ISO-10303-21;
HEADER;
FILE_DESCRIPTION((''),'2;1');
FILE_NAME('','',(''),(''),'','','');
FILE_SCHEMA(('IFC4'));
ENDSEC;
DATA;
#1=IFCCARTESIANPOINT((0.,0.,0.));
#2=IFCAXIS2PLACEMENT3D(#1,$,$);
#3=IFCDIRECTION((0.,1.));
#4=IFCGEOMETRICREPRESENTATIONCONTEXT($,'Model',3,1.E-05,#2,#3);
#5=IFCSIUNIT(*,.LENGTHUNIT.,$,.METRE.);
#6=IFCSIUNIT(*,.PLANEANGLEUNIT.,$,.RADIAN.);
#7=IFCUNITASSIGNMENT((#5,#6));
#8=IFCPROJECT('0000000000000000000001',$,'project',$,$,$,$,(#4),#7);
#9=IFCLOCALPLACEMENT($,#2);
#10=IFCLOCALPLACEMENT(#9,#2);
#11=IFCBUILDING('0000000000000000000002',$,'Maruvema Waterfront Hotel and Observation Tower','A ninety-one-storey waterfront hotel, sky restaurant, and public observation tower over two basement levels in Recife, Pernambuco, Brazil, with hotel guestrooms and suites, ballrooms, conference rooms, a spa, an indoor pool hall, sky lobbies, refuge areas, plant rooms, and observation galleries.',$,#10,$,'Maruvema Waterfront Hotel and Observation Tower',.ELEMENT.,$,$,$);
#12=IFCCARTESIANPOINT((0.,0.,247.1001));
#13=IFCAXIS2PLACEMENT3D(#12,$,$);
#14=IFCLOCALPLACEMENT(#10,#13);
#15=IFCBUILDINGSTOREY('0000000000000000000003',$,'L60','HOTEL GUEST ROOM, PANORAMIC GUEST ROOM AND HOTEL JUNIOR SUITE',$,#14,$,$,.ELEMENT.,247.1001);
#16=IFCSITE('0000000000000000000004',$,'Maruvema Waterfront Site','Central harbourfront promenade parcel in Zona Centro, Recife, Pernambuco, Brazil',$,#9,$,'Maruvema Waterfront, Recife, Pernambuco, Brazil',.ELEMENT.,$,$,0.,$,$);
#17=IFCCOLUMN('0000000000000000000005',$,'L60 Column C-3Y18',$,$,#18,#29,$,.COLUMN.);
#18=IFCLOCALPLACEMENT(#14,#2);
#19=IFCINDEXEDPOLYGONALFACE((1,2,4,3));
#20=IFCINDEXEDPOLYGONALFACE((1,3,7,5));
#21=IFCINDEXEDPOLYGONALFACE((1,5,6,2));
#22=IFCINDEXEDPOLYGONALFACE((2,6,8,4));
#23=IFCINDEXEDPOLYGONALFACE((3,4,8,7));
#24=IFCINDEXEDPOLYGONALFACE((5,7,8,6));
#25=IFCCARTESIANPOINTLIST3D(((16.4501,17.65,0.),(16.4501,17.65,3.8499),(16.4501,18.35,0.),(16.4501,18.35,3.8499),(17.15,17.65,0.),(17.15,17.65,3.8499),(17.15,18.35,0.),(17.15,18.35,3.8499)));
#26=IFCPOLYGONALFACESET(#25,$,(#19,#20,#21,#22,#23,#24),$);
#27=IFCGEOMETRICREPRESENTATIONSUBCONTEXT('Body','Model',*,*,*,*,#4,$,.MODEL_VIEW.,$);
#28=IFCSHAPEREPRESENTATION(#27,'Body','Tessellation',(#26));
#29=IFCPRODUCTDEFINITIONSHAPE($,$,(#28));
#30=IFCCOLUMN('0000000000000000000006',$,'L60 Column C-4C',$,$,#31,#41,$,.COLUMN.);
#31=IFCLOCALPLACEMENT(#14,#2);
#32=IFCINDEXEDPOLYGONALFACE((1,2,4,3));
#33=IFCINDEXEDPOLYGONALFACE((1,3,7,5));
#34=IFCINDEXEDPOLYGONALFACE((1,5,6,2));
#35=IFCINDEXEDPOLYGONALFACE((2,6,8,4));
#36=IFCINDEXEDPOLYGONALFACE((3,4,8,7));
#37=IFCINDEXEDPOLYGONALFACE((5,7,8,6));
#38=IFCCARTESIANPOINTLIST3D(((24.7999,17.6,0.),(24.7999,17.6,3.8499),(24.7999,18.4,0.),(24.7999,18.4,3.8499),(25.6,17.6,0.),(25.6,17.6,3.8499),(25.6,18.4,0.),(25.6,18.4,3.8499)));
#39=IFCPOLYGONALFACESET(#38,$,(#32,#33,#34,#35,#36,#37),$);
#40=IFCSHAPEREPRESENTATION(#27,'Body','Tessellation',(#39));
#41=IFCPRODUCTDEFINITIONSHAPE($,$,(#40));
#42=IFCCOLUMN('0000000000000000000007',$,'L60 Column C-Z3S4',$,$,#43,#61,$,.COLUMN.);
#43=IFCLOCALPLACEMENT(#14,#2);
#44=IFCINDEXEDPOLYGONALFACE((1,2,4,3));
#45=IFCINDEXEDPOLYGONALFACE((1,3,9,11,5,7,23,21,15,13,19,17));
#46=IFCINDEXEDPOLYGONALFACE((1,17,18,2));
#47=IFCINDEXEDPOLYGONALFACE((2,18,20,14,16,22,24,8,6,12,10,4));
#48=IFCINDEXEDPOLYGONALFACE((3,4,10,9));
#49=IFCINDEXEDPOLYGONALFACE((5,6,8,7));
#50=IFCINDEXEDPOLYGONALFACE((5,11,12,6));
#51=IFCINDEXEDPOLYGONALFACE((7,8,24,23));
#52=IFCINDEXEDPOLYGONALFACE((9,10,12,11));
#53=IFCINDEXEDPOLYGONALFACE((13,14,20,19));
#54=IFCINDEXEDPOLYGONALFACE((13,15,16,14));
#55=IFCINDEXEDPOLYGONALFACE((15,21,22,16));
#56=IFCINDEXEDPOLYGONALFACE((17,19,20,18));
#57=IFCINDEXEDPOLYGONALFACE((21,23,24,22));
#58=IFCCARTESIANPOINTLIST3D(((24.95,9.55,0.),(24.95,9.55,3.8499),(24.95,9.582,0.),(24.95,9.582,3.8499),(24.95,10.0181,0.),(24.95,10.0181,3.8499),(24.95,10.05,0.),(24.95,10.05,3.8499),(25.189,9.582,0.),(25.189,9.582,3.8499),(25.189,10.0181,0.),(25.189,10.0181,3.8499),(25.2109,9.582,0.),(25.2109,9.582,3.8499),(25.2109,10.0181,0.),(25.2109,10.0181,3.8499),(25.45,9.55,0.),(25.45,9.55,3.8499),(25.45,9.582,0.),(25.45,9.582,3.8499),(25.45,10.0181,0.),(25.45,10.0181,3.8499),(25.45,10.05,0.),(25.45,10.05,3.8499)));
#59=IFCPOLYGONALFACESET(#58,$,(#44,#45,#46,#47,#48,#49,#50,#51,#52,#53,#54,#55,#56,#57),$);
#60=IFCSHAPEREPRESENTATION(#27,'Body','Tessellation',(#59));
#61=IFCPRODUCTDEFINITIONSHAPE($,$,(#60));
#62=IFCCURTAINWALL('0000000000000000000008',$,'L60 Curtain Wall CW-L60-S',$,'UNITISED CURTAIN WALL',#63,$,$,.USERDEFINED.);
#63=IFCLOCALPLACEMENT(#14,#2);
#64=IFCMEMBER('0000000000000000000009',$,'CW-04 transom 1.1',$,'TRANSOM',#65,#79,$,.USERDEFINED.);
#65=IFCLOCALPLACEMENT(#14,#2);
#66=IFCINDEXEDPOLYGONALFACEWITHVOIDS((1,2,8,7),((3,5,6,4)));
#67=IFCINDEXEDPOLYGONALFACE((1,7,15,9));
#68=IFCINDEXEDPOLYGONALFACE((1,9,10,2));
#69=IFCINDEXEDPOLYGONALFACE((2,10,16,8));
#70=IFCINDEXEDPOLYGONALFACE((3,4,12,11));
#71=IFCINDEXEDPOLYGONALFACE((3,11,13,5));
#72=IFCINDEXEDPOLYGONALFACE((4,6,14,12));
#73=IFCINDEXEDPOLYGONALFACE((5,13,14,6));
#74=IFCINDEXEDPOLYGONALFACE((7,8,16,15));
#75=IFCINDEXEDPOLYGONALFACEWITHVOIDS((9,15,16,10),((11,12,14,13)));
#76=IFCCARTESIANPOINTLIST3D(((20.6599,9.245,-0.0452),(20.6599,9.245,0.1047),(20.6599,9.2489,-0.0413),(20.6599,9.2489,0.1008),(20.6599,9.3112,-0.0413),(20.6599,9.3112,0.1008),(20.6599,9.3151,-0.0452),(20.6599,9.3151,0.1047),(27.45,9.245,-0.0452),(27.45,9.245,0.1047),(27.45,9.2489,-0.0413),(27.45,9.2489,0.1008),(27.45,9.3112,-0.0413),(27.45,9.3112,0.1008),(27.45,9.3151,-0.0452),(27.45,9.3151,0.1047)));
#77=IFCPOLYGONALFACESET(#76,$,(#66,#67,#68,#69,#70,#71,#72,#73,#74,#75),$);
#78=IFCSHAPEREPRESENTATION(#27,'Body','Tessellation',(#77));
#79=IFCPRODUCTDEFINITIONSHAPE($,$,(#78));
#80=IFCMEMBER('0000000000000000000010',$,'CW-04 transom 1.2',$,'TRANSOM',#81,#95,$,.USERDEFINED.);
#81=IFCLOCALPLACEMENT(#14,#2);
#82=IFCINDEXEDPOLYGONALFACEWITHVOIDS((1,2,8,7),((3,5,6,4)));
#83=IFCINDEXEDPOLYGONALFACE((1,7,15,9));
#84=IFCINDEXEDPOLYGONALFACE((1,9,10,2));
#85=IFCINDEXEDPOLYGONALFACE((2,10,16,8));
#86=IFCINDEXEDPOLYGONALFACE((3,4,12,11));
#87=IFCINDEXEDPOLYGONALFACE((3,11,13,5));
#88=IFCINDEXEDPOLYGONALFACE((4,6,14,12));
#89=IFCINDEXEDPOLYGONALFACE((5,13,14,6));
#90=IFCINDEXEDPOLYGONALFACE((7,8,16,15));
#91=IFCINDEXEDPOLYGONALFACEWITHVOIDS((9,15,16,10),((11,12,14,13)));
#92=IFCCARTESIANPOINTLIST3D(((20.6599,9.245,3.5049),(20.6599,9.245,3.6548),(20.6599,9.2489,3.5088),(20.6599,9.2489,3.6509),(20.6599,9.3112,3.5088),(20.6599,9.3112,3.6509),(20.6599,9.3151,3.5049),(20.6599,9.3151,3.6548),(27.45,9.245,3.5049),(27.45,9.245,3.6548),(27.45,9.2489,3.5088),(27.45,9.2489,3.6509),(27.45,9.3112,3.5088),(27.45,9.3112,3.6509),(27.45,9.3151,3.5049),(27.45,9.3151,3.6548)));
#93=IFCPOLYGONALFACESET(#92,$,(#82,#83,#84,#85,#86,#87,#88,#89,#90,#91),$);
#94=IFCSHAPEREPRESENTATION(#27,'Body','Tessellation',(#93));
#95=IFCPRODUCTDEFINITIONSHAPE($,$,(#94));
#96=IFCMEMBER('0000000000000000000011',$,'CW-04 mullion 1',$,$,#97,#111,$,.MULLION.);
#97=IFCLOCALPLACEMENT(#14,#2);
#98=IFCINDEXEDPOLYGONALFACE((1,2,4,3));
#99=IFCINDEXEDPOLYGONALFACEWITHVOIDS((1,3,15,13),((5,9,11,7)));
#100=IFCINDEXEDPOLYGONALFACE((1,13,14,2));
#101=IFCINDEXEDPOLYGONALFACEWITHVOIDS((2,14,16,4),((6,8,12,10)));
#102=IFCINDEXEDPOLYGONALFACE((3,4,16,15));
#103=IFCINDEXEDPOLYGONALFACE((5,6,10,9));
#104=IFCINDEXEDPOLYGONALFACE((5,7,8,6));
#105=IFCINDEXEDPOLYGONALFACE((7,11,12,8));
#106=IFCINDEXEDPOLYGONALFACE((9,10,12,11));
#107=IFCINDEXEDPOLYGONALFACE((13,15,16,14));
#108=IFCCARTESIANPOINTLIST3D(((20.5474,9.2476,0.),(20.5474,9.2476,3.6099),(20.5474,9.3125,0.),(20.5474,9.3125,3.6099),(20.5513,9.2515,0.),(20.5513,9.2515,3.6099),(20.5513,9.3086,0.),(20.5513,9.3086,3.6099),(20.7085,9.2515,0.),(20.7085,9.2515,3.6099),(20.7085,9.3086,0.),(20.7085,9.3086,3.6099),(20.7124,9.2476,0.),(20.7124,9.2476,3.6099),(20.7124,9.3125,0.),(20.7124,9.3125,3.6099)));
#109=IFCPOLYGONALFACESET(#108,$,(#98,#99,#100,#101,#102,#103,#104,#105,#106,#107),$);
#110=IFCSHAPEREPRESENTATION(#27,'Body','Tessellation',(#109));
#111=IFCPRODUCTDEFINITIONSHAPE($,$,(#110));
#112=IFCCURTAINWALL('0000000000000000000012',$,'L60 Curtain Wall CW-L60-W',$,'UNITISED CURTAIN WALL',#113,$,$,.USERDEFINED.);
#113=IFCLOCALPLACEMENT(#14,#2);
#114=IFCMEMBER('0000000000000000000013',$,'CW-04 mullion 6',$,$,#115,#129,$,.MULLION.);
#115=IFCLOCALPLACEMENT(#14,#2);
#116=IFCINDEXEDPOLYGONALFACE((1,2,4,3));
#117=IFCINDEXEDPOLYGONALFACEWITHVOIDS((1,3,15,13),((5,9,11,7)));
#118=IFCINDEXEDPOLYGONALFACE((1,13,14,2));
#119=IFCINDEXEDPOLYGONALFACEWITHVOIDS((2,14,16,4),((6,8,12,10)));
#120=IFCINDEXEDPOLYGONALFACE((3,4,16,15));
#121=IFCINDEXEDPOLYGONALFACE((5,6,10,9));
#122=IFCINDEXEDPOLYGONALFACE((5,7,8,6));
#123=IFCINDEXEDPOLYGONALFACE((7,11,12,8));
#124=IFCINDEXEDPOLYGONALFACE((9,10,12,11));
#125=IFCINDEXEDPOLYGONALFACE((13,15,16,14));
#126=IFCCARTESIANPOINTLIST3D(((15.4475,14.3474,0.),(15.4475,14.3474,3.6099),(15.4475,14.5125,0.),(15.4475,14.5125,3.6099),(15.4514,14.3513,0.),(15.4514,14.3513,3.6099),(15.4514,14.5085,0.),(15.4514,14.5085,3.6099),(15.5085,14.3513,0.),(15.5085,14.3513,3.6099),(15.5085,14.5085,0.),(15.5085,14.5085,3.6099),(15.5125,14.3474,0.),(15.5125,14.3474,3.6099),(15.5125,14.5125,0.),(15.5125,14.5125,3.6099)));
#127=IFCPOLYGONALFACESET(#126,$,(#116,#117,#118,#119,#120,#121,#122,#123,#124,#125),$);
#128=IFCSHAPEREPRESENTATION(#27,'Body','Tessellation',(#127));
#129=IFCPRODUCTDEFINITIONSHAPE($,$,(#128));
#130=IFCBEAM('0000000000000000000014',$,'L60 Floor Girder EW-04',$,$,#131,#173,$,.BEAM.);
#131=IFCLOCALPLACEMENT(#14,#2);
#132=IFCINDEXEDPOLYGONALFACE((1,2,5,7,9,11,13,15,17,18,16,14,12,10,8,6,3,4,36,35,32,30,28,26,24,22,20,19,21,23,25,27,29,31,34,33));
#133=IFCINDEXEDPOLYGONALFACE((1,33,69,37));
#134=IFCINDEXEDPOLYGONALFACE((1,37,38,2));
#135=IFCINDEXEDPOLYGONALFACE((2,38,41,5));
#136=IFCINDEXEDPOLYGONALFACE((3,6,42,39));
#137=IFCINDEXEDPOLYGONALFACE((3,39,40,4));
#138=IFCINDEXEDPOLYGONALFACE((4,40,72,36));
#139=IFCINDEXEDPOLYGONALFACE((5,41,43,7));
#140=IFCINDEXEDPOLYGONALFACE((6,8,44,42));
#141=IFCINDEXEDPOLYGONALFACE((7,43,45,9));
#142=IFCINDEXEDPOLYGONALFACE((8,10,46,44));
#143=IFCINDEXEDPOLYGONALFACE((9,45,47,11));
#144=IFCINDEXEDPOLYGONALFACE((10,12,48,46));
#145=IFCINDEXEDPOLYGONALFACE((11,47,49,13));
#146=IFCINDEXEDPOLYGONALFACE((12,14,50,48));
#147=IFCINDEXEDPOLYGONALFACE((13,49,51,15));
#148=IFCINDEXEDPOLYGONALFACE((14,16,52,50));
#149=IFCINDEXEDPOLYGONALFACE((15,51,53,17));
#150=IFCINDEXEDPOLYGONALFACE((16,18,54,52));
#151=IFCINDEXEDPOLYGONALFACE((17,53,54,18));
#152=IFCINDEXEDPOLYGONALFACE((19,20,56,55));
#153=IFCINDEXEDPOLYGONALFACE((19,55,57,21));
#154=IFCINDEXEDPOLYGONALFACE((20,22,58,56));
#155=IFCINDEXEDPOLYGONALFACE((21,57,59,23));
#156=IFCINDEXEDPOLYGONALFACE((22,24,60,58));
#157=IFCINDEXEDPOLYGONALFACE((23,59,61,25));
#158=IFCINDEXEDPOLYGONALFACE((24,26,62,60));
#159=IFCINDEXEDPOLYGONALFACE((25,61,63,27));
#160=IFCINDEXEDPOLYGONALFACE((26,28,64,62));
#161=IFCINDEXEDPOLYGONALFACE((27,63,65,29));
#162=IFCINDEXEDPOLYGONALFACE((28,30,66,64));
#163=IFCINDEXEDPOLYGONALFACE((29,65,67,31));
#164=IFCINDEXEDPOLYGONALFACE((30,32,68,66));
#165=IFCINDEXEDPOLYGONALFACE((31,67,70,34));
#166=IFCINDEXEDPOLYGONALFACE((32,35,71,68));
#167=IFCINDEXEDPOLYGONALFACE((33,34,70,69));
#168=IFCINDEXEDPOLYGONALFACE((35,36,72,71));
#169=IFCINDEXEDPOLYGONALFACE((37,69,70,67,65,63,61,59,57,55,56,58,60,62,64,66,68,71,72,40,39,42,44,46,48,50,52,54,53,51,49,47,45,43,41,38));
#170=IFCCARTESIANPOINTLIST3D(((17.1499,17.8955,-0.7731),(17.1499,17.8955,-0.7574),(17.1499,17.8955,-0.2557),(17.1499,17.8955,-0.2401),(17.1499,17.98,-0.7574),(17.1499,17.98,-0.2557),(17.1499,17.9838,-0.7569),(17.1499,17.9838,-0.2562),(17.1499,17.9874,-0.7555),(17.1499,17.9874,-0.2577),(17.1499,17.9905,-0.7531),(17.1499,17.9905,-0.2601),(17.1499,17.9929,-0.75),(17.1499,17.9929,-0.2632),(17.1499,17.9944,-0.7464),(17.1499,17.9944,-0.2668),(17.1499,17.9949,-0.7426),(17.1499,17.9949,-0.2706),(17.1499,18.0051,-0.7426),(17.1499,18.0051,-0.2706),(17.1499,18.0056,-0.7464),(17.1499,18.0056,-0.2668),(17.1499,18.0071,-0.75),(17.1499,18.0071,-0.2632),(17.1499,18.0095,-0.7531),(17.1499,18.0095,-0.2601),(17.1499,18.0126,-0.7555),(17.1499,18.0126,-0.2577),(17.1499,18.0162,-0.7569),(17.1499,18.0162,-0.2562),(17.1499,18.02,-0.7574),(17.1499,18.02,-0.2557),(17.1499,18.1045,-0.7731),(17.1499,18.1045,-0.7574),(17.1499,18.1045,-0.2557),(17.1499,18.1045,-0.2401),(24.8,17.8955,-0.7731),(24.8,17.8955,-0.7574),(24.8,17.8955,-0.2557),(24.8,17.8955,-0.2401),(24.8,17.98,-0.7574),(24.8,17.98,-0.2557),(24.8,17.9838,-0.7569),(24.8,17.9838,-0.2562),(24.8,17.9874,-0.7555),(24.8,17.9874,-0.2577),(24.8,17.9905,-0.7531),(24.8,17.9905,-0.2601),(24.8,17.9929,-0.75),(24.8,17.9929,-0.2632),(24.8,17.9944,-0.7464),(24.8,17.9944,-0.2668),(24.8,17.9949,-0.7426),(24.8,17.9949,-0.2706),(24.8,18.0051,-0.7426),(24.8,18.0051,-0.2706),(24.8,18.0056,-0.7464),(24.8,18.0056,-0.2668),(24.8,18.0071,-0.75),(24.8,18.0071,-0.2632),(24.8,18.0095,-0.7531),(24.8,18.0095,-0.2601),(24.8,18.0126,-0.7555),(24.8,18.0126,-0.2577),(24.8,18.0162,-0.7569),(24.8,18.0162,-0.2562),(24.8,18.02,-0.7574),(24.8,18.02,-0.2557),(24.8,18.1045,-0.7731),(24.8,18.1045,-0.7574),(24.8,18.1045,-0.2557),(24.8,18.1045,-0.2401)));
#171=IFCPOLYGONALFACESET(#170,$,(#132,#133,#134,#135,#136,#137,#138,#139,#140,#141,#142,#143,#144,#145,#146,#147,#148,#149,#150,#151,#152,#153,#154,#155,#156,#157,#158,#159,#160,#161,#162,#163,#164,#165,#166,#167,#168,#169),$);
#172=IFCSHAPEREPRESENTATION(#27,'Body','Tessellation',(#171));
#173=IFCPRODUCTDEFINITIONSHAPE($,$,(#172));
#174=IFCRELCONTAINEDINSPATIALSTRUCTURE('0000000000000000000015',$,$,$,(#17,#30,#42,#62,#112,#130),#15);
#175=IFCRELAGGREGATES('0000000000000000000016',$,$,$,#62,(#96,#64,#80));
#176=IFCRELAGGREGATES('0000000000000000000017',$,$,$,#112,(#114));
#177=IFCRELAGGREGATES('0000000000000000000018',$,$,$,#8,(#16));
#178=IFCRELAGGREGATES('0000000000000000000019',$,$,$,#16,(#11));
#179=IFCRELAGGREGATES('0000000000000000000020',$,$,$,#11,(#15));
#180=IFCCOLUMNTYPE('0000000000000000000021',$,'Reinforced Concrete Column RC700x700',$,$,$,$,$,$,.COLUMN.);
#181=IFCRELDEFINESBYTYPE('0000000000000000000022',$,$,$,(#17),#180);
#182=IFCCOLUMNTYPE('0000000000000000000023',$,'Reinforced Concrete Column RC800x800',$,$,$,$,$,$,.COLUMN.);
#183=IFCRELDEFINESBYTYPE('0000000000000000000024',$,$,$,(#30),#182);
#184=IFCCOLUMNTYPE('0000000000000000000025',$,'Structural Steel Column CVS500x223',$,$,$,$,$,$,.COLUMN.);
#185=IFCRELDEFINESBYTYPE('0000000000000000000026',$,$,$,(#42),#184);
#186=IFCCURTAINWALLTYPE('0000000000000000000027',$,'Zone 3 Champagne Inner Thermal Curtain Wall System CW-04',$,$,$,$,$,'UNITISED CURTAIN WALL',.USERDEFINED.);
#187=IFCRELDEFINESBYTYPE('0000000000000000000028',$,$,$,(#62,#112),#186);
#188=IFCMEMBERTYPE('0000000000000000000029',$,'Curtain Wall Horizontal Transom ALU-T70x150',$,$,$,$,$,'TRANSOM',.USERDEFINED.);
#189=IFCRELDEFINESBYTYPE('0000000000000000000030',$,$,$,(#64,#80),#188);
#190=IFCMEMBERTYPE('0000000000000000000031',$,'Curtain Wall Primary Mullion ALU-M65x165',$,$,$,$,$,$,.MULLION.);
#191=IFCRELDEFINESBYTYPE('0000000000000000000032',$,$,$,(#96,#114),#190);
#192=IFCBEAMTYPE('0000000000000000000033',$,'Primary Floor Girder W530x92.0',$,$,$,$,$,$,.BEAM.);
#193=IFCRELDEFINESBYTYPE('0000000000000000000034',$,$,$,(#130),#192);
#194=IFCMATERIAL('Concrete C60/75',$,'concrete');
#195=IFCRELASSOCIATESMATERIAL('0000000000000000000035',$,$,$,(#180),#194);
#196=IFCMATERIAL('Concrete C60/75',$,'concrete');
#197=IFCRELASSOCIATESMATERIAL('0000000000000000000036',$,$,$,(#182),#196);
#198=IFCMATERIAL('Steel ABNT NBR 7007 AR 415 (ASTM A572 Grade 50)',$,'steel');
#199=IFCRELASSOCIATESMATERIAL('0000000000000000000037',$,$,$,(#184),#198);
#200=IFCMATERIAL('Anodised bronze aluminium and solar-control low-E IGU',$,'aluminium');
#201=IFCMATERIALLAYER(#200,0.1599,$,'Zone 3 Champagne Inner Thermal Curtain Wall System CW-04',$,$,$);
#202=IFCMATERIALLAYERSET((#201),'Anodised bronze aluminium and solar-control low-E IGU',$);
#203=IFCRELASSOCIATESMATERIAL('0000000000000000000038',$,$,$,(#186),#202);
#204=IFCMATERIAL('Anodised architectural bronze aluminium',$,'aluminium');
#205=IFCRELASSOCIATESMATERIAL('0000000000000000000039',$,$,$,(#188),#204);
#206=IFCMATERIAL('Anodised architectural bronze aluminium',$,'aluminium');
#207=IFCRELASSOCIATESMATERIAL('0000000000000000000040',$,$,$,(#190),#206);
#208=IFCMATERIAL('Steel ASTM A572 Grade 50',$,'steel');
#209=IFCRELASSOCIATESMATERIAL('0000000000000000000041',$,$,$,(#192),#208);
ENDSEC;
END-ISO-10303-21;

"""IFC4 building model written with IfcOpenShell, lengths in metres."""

from ifc_helpers import new_model, si_unit, direction, frame, origin, origin_2d, place, context, subcontext, project, spatial, rectangle, hollow_rectangle, i_section, extrude, material, layer, layer_set, material_profile, profile_set, type_object, element, aggregate, save


model = new_model("IFC4")

# Units and contexts
model_context = context("Model", 3, precision=1e-05, world=origin(), true_north=direction((0.0, 1.0)))
body_context = subcontext(model_context, "Body", "Model", "MODEL_VIEW")
ifc_project = project(units=[si_unit("LENGTHUNIT", "METRE"), si_unit("PLANEANGLEUNIT", "RADIAN")], contexts=[model_context])

# Site, building, storey
site_placement = place(None, origin())
site = spatial("IfcSite", under=ifc_project, at=site_placement, Name="Maruvema Waterfront Site", Description="Central harbourfront promenade parcel in Zona Centro, Recife, Pernambuco, Brazil", LongName="Maruvema Waterfront, Recife, Pernambuco, Brazil", CompositionType="ELEMENT", RefElevation=0.0)
building_placement = place(site_placement, origin())
building = spatial("IfcBuilding", under=site, at=building_placement, Name="Maruvema Waterfront Hotel and Observation Tower", Description="A ninety-one-storey waterfront hotel, sky restaurant, and public observation tower over two basement levels in Recife, Pernambuco, Brazil, with hotel guestrooms and suites, ballrooms, conference rooms, a spa, an indoor pool hall, sky lobbies, refuge areas, plant rooms, and observation galleries.", LongName="Maruvema Waterfront Hotel and Observation Tower", CompositionType="ELEMENT")
storey_placement = place(building_placement, frame((0.0, 0.0, 247.1001)))
storey = spatial("IfcBuildingStorey", under=building, at=storey_placement, Name="L60", Description="HOTEL GUEST ROOM, PANORAMIC GUEST ROOM AND HOTEL JUNIOR SUITE", CompositionType="ELEMENT", Elevation=247.1001)

# Columns
ifc_material_1 = material(Name="Concrete C60/75", Category="concrete")
ifc_material_profile_1 = material_profile(ifc_material_1, rectangle(XDim=0.7, YDim=0.7, at=origin_2d()), Name="RC700x700")
ifc_profile_set_1 = profile_set([ifc_material_profile_1], Name="Concrete C60/75")
column_type_1 = type_object("IfcColumnType", Name="Reinforced Concrete Column RC700x700", PredefinedType="COLUMN", material=ifc_profile_set_1)
column_1_placement = place(storey_placement, frame((16.8, 18.0, 0.0), z_axis=(0.0, 0.0, 1.0), x_axis=(1.0, 0.0, 0.0)))
element("IfcColumn", 1, at=column_1_placement, inside=storey, type_object=column_type_1, Name="L60 Column C-3Y18", PredefinedType="COLUMN", context=body_context, shape_type="SweptSolid", body=[
    extrude(rectangle(XDim=0.7, YDim=0.7, at=origin_2d()), origin(), (0.0, 0.0, 1.0), 3.8499),
])
ifc_material_2 = material(Name="Concrete C60/75", Category="concrete")
ifc_material_profile_2 = material_profile(ifc_material_2, rectangle(XDim=0.8, YDim=0.8, at=origin_2d()), Name="RC800x800")
ifc_profile_set_2 = profile_set([ifc_material_profile_2], Name="Concrete C60/75")
column_type_2 = type_object("IfcColumnType", Name="Reinforced Concrete Column RC800x800", PredefinedType="COLUMN", material=ifc_profile_set_2)
column_2_placement = place(storey_placement, frame((25.2, 18.0, 0.0), z_axis=(0.0, 0.0, 1.0), x_axis=(1.0, 0.0, 0.0)))
element("IfcColumn", 2, at=column_2_placement, inside=storey, type_object=column_type_2, Name="L60 Column C-4C", PredefinedType="COLUMN", context=body_context, shape_type="SweptSolid", body=[
    extrude(rectangle(XDim=0.8, YDim=0.8, at=origin_2d()), origin(), (0.0, 0.0, 1.0), 3.8499),
])
ifc_material_3 = material(Name="Steel ABNT NBR 7007 AR 415 (ASTM A572 Grade 50)", Category="steel")
ifc_material_profile_3 = material_profile(ifc_material_3, i_section(OverallWidth=0.5, OverallDepth=0.5, WebThickness=0.022, FlangeThickness=0.032, at=origin_2d()), Name="CVS500x223")
ifc_profile_set_3 = profile_set([ifc_material_profile_3], Name="Steel ABNT NBR 7007 AR 415 (ASTM A572 Grade 50)")
column_type_3 = type_object("IfcColumnType", Name="Structural Steel Column CVS500x223", PredefinedType="COLUMN", material=ifc_profile_set_3)
column_3_placement = place(storey_placement, frame((25.2, 9.8, 0.0), z_axis=(0.0, 0.0, 1.0), x_axis=(1.0, 0.0, 0.0)))
element("IfcColumn", 3, at=column_3_placement, inside=storey, type_object=column_type_3, Name="L60 Column C-Z3S4", PredefinedType="COLUMN", context=body_context, shape_type="SweptSolid", body=[
    extrude(i_section(OverallWidth=0.5, OverallDepth=0.5, WebThickness=0.022, FlangeThickness=0.032, at=origin_2d()), origin(), (0.0, 0.0, 1.0), 3.8499),
])

# Curtain wall, members
ifc_material_4 = material(Name="Anodised bronze aluminium and solar-control low-E IGU", Category="aluminium")
ifc_layer_1 = layer(ifc_material_4, 0.1599, Name="Zone 3 Champagne Inner Thermal Curtain Wall System CW-04")
ifc_layer_set_1 = layer_set([ifc_layer_1], Name="Anodised bronze aluminium and solar-control low-E IGU")
curtain_wall_type = type_object("IfcCurtainWallType", Name="Zone 3 Champagne Inner Thermal Curtain Wall System CW-04", ElementType="UNITISED CURTAIN WALL", PredefinedType="USERDEFINED", material=ifc_layer_set_1)
curtain_wall_1_placement = place(storey_placement, origin())
curtain_wall_1 = element("IfcCurtainWall", 4, at=curtain_wall_1_placement, inside=storey, type_object=curtain_wall_type, Name="L60 Curtain Wall CW-L60-S", ObjectType="UNITISED CURTAIN WALL", PredefinedType="USERDEFINED")
ifc_material_5 = material(Name="Anodised architectural bronze aluminium", Category="aluminium")
ifc_material_profile_4 = material_profile(ifc_material_5, hollow_rectangle(XDim=0.0701, YDim=0.1499, WallThickness=0.0039, at=origin_2d()), Name="ALU-T70x150")
ifc_profile_set_4 = profile_set([ifc_material_profile_4], Name="Anodised architectural bronze aluminium")
member_type_1 = type_object("IfcMemberType", Name="Curtain Wall Horizontal Transom ALU-T70x150", ElementType="TRANSOM", PredefinedType="USERDEFINED", material=ifc_profile_set_4)
member_1_placement = place(storey_placement, frame((20.6599, 9.28, 0.0298), z_axis=(1.0, 0.0, 0.0), x_axis=(0.0, 1.0, 0.0)))
member_1 = element("IfcMember", 5, at=member_1_placement, type_object=member_type_1, Name="CW-04 transom 1.1", ObjectType="TRANSOM", PredefinedType="USERDEFINED", context=body_context, shape_type="SweptSolid", body=[
    extrude(hollow_rectangle(XDim=0.0701, YDim=0.1499, WallThickness=0.0039, at=origin_2d()), origin(), (0.0, 0.0, 1.0), 6.79),
])
member_2_placement = place(storey_placement, frame((20.6599, 9.28, 3.5798), z_axis=(1.0, 0.0, 0.0), x_axis=(0.0, 1.0, 0.0)))
member_2 = element("IfcMember", 6, at=member_2_placement, type_object=member_type_1, Name="CW-04 transom 1.2", ObjectType="TRANSOM", PredefinedType="USERDEFINED", context=body_context, shape_type="SweptSolid", body=[
    extrude(hollow_rectangle(XDim=0.0701, YDim=0.1499, WallThickness=0.0039, at=origin_2d()), origin(), (0.0, 0.0, 1.0), 6.79),
])
ifc_material_6 = material(Name="Anodised architectural bronze aluminium", Category="aluminium")
ifc_material_profile_5 = material_profile(ifc_material_6, hollow_rectangle(XDim=0.0649, YDim=0.165, WallThickness=0.0039, at=origin_2d()), Name="ALU-M65x165")
ifc_profile_set_5 = profile_set([ifc_material_profile_5], Name="Anodised architectural bronze aluminium")
member_type_2 = type_object("IfcMemberType", Name="Curtain Wall Primary Mullion ALU-M65x165", PredefinedType="MULLION", material=ifc_profile_set_5)
member_3_placement = place(storey_placement, frame((20.6299, 9.28, 0.0), z_axis=(0.0, 0.0, 1.0), x_axis=(0.0, 1.0, 0.0)))
member_3 = element("IfcMember", 7, at=member_3_placement, type_object=member_type_2, Name="CW-04 mullion 1", PredefinedType="MULLION", context=body_context, shape_type="SweptSolid", body=[
    extrude(hollow_rectangle(XDim=0.0649, YDim=0.165, WallThickness=0.0039, at=origin_2d()), origin(), (0.0, 0.0, 1.0), 3.6099),
])

# Curtain wall, member
curtain_wall_2_placement = place(storey_placement, origin())
curtain_wall_2 = element("IfcCurtainWall", 8, at=curtain_wall_2_placement, inside=storey, type_object=curtain_wall_type, Name="L60 Curtain Wall CW-L60-W", ObjectType="UNITISED CURTAIN WALL", PredefinedType="USERDEFINED")
member_4_placement = place(storey_placement, frame((15.48, 14.4299, 0.0), z_axis=(0.0, 0.0, 1.0), x_axis=(1.0, 0.0, 0.0)))
member_4 = element("IfcMember", 9, at=member_4_placement, type_object=member_type_2, Name="CW-04 mullion 6", PredefinedType="MULLION", context=body_context, shape_type="SweptSolid", body=[
    extrude(hollow_rectangle(XDim=0.0649, YDim=0.165, WallThickness=0.0039, at=origin_2d()), origin(), (0.0, 0.0, 1.0), 3.6099),
])

# Beam
ifc_material_7 = material(Name="Steel ASTM A572 Grade 50", Category="steel")
ifc_material_profile_6 = material_profile(ifc_material_7, i_section(OverallWidth=0.209, OverallDepth=0.533, WebThickness=0.0103, FlangeThickness=0.0156, FilletRadius=0.0149, at=origin_2d()), Name="W530x92.0")
ifc_profile_set_6 = profile_set([ifc_material_profile_6], Name="Steel ASTM A572 Grade 50")
beam_type_1 = type_object("IfcBeamType", Name="Primary Floor Girder W530x92.0", PredefinedType="BEAM", material=ifc_profile_set_6)
beam_1_placement = place(storey_placement, frame((17.1499, 18.0, -0.5066), z_axis=(1.0, 0.0, 0.0), x_axis=(0.0, 1.0, 0.0)))
element("IfcBeam", 10, at=beam_1_placement, inside=storey, type_object=beam_type_1, Name="L60 Floor Girder EW-04", PredefinedType="BEAM", context=body_context, shape_type="SweptSolid", body=[
    extrude(i_section(OverallWidth=0.209, OverallDepth=0.533, WebThickness=0.0103, FlangeThickness=0.0156, FilletRadius=0.0149, at=origin_2d()), origin(), (0.0, 0.0, 1.0), 7.6501),
])

aggregate(curtain_wall_1, [member_3, member_1, member_2])
aggregate(curtain_wall_2, [member_4])

save(model, "model.ifc")
